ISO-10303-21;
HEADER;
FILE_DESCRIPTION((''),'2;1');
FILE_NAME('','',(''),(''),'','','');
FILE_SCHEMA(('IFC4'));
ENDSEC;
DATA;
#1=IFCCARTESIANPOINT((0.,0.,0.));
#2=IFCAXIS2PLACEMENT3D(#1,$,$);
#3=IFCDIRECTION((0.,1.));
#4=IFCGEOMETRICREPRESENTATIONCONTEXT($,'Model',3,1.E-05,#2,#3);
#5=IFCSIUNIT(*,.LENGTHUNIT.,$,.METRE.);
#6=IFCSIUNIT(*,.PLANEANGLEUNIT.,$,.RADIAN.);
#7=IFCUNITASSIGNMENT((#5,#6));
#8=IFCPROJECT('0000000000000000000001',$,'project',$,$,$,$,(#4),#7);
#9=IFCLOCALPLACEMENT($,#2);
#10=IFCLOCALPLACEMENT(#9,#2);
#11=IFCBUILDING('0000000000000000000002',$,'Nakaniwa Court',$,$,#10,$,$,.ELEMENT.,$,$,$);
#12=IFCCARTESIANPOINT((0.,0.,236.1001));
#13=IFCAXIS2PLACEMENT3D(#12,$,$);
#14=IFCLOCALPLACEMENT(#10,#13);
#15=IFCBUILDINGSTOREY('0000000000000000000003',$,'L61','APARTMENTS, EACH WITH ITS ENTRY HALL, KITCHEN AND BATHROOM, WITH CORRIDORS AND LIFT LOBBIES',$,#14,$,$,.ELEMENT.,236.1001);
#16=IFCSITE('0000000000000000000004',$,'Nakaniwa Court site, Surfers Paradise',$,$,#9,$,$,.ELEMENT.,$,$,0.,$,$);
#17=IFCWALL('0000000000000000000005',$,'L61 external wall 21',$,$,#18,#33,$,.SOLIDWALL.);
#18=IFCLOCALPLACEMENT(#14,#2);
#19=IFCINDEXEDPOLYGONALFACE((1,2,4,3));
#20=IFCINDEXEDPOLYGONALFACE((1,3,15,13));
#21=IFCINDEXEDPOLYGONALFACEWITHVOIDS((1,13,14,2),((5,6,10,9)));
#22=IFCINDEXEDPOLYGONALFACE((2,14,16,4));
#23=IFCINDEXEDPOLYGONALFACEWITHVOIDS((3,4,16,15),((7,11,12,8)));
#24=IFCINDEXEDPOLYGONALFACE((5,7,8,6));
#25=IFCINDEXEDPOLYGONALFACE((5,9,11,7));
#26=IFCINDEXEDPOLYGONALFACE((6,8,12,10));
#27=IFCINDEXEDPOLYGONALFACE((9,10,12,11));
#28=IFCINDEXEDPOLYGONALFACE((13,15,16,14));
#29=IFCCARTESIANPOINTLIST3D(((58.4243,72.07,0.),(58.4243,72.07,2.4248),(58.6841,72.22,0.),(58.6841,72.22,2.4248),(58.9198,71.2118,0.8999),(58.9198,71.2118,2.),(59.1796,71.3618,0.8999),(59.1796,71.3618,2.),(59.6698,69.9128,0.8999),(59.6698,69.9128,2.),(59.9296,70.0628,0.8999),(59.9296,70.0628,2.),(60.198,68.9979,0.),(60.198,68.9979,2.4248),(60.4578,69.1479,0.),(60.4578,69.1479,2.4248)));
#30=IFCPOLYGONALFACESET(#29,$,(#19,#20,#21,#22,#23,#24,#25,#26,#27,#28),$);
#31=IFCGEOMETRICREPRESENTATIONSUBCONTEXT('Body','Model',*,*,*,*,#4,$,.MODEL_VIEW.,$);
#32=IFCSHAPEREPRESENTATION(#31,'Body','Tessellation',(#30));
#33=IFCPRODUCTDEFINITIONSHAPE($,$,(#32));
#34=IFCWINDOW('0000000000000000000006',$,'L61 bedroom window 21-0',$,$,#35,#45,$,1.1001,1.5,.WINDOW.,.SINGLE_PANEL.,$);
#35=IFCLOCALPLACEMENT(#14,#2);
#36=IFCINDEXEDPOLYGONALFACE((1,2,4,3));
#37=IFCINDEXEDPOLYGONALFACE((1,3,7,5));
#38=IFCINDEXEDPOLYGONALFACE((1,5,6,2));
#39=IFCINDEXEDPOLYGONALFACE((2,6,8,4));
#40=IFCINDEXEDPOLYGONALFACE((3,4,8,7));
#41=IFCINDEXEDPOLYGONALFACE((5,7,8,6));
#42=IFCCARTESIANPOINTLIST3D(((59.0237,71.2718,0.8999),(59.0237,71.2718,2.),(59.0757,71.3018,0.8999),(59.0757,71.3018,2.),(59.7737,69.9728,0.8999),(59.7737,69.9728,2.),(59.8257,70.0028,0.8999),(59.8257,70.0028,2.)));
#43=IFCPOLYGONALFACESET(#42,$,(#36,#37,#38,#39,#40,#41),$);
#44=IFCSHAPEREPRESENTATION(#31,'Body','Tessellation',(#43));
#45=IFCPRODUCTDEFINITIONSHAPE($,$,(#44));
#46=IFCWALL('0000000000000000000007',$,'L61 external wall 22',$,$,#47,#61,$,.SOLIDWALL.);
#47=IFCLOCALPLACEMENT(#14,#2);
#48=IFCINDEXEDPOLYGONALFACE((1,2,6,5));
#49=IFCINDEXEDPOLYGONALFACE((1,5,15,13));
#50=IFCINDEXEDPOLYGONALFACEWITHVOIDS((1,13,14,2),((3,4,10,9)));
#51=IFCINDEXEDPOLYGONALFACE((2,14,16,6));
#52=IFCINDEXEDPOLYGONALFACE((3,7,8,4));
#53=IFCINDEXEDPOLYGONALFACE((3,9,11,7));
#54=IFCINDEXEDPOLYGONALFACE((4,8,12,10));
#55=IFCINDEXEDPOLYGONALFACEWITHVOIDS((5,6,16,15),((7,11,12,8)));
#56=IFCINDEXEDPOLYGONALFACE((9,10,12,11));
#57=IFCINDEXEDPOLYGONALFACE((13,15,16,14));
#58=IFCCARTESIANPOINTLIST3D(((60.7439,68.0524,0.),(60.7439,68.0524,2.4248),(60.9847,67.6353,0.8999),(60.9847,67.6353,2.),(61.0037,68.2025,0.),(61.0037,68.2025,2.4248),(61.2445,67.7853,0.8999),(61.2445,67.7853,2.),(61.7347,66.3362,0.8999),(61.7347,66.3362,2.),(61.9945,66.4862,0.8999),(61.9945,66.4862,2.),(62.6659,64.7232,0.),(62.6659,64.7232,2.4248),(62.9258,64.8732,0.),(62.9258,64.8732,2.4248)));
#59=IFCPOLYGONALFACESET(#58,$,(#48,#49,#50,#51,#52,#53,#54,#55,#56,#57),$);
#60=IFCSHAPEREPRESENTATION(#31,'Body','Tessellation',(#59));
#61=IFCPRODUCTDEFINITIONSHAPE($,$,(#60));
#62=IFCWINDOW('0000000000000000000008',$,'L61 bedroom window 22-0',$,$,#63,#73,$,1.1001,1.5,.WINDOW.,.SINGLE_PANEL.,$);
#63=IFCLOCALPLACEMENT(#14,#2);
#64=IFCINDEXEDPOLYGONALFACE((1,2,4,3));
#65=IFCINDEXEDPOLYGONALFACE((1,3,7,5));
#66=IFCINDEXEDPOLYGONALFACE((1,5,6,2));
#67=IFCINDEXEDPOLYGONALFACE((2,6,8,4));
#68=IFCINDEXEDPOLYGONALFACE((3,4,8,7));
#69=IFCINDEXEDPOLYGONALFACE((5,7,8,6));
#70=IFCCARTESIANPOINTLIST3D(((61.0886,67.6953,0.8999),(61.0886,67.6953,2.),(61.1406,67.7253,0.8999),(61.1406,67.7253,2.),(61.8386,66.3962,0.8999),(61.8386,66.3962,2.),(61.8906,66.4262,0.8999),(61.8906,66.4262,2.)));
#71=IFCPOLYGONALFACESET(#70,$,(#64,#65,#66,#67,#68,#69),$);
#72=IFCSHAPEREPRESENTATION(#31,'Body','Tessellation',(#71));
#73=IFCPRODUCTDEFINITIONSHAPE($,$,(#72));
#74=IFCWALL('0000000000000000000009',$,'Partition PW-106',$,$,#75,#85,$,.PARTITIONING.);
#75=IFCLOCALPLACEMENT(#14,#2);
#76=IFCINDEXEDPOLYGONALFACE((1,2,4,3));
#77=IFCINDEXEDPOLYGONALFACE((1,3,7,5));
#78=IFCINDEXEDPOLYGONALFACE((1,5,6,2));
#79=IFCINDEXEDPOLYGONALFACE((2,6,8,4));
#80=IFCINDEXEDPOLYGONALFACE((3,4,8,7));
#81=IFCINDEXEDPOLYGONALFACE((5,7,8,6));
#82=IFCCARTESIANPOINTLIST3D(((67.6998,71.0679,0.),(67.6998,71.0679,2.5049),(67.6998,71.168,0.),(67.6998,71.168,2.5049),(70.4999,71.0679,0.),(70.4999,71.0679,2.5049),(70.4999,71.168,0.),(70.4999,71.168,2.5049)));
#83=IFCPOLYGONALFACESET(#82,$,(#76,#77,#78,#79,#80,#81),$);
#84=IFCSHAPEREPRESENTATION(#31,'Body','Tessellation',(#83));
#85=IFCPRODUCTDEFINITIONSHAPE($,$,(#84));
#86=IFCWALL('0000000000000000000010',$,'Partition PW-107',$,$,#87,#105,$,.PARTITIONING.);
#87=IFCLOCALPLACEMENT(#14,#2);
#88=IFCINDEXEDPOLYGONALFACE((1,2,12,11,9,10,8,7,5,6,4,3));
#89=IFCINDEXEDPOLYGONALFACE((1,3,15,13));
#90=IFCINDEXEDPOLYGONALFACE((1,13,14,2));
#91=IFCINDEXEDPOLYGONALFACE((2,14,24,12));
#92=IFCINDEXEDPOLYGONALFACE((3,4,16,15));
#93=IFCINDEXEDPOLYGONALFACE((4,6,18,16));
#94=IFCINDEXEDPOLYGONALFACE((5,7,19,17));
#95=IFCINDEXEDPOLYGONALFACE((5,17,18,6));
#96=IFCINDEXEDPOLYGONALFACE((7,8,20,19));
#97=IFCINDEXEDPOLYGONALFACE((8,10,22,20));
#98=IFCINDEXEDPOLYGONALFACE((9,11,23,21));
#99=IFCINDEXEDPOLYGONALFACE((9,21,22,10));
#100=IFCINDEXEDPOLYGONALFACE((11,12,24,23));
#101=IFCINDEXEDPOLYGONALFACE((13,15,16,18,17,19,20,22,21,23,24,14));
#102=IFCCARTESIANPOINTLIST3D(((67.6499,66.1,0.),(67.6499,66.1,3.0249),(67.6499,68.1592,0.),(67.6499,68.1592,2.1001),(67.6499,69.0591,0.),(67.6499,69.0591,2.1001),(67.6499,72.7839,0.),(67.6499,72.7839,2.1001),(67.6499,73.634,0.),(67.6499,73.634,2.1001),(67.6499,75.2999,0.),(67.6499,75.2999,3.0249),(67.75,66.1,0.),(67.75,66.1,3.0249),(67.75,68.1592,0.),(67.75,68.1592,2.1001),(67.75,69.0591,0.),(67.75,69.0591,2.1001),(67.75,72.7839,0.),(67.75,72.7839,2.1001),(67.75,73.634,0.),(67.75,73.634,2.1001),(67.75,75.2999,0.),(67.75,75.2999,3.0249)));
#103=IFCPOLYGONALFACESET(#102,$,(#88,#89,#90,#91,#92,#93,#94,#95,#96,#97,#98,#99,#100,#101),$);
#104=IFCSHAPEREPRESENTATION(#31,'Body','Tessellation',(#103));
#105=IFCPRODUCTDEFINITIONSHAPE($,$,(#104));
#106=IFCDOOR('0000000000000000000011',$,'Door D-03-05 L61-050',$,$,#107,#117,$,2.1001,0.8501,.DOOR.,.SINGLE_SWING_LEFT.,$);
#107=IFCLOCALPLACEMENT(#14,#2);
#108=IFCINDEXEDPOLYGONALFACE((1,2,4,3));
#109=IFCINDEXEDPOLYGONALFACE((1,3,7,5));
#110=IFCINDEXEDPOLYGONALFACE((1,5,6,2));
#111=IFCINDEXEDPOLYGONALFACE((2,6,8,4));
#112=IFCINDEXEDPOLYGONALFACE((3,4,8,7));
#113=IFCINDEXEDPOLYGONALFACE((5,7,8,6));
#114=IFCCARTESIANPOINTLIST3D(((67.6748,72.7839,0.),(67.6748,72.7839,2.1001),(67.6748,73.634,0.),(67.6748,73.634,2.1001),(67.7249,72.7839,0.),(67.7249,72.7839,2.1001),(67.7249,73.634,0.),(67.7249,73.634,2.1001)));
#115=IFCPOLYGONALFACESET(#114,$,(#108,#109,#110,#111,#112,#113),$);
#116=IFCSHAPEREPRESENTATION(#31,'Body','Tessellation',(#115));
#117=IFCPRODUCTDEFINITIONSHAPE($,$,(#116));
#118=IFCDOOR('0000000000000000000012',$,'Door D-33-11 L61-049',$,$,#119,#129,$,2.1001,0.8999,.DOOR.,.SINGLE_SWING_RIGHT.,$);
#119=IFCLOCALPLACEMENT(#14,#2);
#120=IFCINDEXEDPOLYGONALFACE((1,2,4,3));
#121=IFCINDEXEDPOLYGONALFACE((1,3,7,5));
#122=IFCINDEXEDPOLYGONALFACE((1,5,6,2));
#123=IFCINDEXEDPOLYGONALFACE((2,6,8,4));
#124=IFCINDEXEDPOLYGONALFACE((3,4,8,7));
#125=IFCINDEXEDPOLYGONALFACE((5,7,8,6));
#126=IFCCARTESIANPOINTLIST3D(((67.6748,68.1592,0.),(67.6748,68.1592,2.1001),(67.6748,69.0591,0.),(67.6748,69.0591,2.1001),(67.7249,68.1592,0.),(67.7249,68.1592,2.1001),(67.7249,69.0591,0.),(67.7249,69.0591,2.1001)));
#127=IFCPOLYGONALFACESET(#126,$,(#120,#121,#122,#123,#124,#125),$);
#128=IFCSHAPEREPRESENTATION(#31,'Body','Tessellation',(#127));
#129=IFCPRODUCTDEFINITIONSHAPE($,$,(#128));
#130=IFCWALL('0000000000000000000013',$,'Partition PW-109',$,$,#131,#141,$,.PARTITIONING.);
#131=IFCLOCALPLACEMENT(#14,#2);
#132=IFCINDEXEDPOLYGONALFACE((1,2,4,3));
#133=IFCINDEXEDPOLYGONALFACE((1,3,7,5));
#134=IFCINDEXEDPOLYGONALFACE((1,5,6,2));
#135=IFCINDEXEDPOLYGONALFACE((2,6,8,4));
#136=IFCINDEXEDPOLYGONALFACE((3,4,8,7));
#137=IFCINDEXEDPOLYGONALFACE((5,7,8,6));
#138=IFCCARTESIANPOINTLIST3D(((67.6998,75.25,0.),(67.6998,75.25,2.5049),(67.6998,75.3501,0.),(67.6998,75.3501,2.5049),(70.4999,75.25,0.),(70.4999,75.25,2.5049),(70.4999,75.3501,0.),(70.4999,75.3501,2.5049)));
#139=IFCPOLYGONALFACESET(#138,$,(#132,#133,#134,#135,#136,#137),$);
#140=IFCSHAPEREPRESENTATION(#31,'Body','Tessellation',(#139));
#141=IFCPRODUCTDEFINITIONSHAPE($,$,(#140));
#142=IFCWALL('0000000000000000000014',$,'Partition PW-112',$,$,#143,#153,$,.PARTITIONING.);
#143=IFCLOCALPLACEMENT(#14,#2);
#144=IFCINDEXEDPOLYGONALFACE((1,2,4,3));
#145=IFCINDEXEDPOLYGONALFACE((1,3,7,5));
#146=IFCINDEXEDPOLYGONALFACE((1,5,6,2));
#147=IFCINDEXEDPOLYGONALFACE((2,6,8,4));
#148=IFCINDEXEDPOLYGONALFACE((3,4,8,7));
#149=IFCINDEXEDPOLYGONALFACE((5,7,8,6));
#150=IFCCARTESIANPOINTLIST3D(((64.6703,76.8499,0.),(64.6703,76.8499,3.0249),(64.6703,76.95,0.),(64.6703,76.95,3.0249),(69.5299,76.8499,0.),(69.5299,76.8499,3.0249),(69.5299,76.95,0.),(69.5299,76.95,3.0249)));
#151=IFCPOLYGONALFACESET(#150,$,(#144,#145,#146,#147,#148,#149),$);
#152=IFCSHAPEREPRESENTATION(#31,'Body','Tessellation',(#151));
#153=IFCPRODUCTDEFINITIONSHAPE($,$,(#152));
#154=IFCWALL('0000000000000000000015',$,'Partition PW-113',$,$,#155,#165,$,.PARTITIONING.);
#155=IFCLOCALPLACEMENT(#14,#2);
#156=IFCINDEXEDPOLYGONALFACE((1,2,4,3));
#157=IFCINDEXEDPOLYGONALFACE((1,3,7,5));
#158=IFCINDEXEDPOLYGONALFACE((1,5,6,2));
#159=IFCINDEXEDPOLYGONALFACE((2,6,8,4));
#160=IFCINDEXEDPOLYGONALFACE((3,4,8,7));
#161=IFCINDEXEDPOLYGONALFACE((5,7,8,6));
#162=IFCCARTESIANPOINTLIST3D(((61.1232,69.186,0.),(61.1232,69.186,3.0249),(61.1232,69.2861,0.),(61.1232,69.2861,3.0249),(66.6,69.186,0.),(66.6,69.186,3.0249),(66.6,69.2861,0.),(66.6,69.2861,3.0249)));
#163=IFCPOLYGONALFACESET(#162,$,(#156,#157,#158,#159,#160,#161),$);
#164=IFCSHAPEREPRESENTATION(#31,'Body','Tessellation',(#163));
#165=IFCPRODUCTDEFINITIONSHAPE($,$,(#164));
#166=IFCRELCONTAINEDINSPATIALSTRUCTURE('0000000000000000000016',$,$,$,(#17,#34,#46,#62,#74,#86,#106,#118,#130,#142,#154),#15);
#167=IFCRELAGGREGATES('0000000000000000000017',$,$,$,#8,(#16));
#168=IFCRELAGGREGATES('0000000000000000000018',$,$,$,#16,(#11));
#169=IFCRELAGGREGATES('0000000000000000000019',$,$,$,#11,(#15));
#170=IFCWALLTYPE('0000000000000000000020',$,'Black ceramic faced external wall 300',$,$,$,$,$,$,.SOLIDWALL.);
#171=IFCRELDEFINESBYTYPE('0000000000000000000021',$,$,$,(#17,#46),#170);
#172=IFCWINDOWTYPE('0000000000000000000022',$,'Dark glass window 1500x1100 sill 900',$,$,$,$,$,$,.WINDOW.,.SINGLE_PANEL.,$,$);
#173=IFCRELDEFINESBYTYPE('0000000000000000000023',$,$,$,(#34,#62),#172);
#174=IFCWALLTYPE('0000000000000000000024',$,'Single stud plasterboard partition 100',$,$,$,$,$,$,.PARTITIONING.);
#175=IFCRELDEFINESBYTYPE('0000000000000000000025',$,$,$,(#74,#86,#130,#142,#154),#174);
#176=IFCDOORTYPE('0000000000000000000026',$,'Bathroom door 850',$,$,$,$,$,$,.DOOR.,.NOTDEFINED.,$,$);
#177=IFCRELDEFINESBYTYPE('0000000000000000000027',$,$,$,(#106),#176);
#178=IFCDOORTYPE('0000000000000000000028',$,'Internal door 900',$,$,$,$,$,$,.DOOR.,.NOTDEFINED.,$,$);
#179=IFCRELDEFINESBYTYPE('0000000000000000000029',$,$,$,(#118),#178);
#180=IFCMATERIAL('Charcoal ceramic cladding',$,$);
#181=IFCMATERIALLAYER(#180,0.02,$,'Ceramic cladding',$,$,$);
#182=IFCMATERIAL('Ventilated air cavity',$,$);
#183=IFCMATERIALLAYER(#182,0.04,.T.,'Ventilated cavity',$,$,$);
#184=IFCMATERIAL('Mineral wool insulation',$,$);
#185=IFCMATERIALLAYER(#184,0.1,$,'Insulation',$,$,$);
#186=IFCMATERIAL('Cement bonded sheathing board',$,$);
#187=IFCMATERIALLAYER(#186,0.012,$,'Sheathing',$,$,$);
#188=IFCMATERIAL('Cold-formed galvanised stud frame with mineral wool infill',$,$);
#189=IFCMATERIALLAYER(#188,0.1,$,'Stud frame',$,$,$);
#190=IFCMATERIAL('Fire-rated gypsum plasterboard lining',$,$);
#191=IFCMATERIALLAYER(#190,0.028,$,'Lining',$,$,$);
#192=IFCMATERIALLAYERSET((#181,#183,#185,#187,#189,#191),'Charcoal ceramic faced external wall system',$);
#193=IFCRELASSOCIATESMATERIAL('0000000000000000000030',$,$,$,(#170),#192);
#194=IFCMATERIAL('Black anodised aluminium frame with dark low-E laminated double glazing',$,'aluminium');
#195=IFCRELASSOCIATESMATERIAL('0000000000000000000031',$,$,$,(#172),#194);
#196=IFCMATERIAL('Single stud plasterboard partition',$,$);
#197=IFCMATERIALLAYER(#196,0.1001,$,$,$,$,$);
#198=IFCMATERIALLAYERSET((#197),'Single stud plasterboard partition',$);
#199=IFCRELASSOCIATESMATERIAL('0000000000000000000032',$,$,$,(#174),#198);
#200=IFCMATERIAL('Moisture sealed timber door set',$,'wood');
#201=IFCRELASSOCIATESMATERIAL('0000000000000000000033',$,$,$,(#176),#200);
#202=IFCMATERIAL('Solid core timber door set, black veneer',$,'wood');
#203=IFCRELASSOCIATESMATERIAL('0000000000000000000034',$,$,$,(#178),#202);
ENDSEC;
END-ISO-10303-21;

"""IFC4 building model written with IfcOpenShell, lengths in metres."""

from ifc_helpers import new_model, si_unit, direction, frame, frame_2d, origin, place, context, subcontext, project, spatial, rectangle, extrude, material, layer, layer_set, type_object, element, fill, save


model = new_model("IFC4")

# Units and contexts
model_context = context("Model", 3, precision=1e-05, world=origin(), true_north=direction((0.0, 1.0)))
body_context = subcontext(model_context, "Body", "Model", "MODEL_VIEW")
ifc_project = project(units=[si_unit("LENGTHUNIT", "METRE"), si_unit("PLANEANGLEUNIT", "RADIAN")], contexts=[model_context])

# Site, building, storey
site_placement = place(None, origin())
site = spatial("IfcSite", under=ifc_project, at=site_placement, Name="Nakaniwa Court site, Surfers Paradise", CompositionType="ELEMENT", RefElevation=0.0)
building_placement = place(site_placement, origin())
building = spatial("IfcBuilding", under=site, at=building_placement, Name="Nakaniwa Court", CompositionType="ELEMENT")
storey_placement = place(building_placement, frame((0.0, 0.0, 236.1001)))
storey = spatial("IfcBuildingStorey", under=building, at=storey_placement, Name="L61", Description="APARTMENTS, EACH WITH ITS ENTRY HALL, KITCHEN AND BATHROOM, WITH CORRIDORS AND LIFT LOBBIES", CompositionType="ELEMENT", Elevation=236.1001)

# Shared definitions
ifc_material_1 = material(Name="Charcoal ceramic cladding")
ifc_layer_1 = layer(ifc_material_1, 0.02, Name="Ceramic cladding")
ifc_material_2 = material(Name="Ventilated air cavity")
ifc_layer_2 = layer(ifc_material_2, 0.04, ventilated=True, Name="Ventilated cavity")
ifc_material_3 = material(Name="Mineral wool insulation")
ifc_layer_3 = layer(ifc_material_3, 0.1, Name="Insulation")
ifc_material_4 = material(Name="Cement bonded sheathing board")
ifc_layer_4 = layer(ifc_material_4, 0.012, Name="Sheathing")
ifc_material_5 = material(Name="Cold-formed galvanised stud frame with mineral wool infill")
ifc_layer_5 = layer(ifc_material_5, 0.1, Name="Stud frame")
ifc_material_6 = material(Name="Fire-rated gypsum plasterboard lining")
ifc_layer_6 = layer(ifc_material_6, 0.028, Name="Lining")
ifc_layer_set_1 = layer_set([ifc_layer_1, ifc_layer_2, ifc_layer_3, ifc_layer_4, ifc_layer_5, ifc_layer_6], Name="Charcoal ceramic faced external wall system")
wall_type_1 = type_object("IfcWallType", Name="Black ceramic faced external wall 300", PredefinedType="SOLIDWALL", material=ifc_layer_set_1)

# Walls, openings, windows
wall_1_placement = place(storey_placement, frame((58.5542, 72.145, 0.0), z_axis=(0.0, 0.0, 1.0), x_axis=(0.50001, -0.866019, 0.0)))
wall_1 = element("IfcWall", 1, at=wall_1_placement, inside=storey, type_object=wall_type_1, Name="L61 external wall 21", PredefinedType="SOLIDWALL", context=body_context, shape_type="SweptSolid", body=[
    extrude(rectangle(XDim=3.5474, YDim=0.3, at=frame_2d((1.7737, 0.0))), origin(), (0.0, 0.0, 1.0), 2.4248),
])
opening_1_placement = place(wall_1_placement, frame((0.991, 0.0, 0.8999)))
opening_1 = element("IfcOpeningElement", 2, at=opening_1_placement, cuts=wall_1, PredefinedType="OPENING", context=body_context, shape_type="SweptSolid", body=[
    extrude(rectangle(XDim=1.5, YDim=1.1001, at=frame_2d((0.75, 0.55))), frame((0.0, 0.1599, 0.0), z_axis=(0.0, -1.0, 0.0), x_axis=(1.0, 0.0, 0.0)), (0.0, 0.0, 1.0), 0.3201),
])
ifc_material_7 = material(Name="Black anodised aluminium frame with dark low-E laminated double glazing", Category="aluminium")
window_type = type_object("IfcWindowType", Name="Dark glass window 1500x1100 sill 900", PartitioningType="SINGLE_PANEL", PredefinedType="WINDOW", material=ifc_material_7)
window_1_placement = place(opening_1_placement, origin())
window_1 = element("IfcWindow", 3, at=window_1_placement, inside=storey, type_object=window_type, Name="L61 bedroom window 21-0", OverallHeight=1.1001, OverallWidth=1.5, PartitioningType="SINGLE_PANEL", PredefinedType="WINDOW", context=body_context, shape_type="SweptSolid", body=[
    extrude(rectangle(XDim=1.5, YDim=1.1001, at=frame_2d((0.75, 0.55))), frame((0.0, 0.03, 0.0), z_axis=(0.0, -1.0, 0.0), x_axis=(1.0, 0.0, 0.0)), (0.0, 0.0, 1.0), 0.0601),
])
fill(opening_1, window_1)
wall_2_placement = place(storey_placement, frame((60.8738, 68.1274, 0.0), z_axis=(0.0, 0.0, 1.0), x_axis=(0.499984, -0.866034, 0.0)))
wall_2 = element("IfcWall", 4, at=wall_2_placement, inside=storey, type_object=wall_type_1, Name="L61 external wall 22", PredefinedType="SOLIDWALL", context=body_context, shape_type="SweptSolid", body=[
    extrude(rectangle(XDim=3.8442, YDim=0.3, at=frame_2d((1.9221, 0.0))), origin(), (0.0, 0.0, 1.0), 2.4248),
])
opening_2_placement = place(wall_2_placement, frame((0.4817, 0.0, 0.8999)))
opening_2 = element("IfcOpeningElement", 5, at=opening_2_placement, cuts=wall_2, PredefinedType="OPENING", context=body_context, shape_type="SweptSolid", body=[
    extrude(rectangle(XDim=1.5, YDim=1.1001, at=frame_2d((0.75, 0.55))), frame((0.0, 0.1599, 0.0), z_axis=(0.0, -1.0, 0.0), x_axis=(1.0, 0.0, 0.0)), (0.0, 0.0, 1.0), 0.3201),
])
window_2_placement = place(opening_2_placement, origin())
window_2 = element("IfcWindow", 6, at=window_2_placement, inside=storey, type_object=window_type, Name="L61 bedroom window 22-0", OverallHeight=1.1001, OverallWidth=1.5, PartitioningType="SINGLE_PANEL", PredefinedType="WINDOW", context=body_context, shape_type="SweptSolid", body=[
    extrude(rectangle(XDim=1.5, YDim=1.1001, at=frame_2d((0.75, 0.55))), frame((0.0, 0.03, 0.0), z_axis=(0.0, -1.0, 0.0), x_axis=(1.0, 0.0, 0.0)), (0.0, 0.0, 1.0), 0.0601),
])
fill(opening_2, window_2)

# Wall
ifc_material_8 = material(Name="Single stud plasterboard partition")
ifc_layer_7 = layer(ifc_material_8, 0.1001)
ifc_layer_set_2 = layer_set([ifc_layer_7], Name="Single stud plasterboard partition")
wall_type_2 = type_object("IfcWallType", Name="Single stud plasterboard partition 100", PredefinedType="PARTITIONING", material=ifc_layer_set_2)
wall_3_placement = place(storey_placement, frame((67.7, 71.1179, 0.0), z_axis=(0.0, 0.0, 1.0), x_axis=(1.0, 0.0, 0.0)))
element("IfcWall", 7, at=wall_3_placement, inside=storey, type_object=wall_type_2, Name="Partition PW-106", PredefinedType="PARTITIONING", context=body_context, shape_type="SweptSolid", body=[
    extrude(rectangle(XDim=2.8, YDim=0.1001, at=frame_2d((1.3999, 0.0))), origin(), (0.0, 0.0, 1.0), 2.5049),
])

# Wall, openings, doors
wall_4_placement = place(storey_placement, frame((67.7, 75.3, 0.0), z_axis=(0.0, 0.0, 1.0), x_axis=(0.0, -1.0, 0.0)))
wall_4 = element("IfcWall", 8, at=wall_4_placement, inside=storey, type_object=wall_type_2, Name="Partition PW-107", PredefinedType="PARTITIONING", context=body_context, shape_type="SweptSolid", body=[
    extrude(rectangle(XDim=9.2, YDim=0.1001, at=frame_2d((4.6001, 0.0))), origin(), (0.0, 0.0, 1.0), 3.0249),
])
opening_3_placement = place(wall_4_placement, frame((6.241, 0.0, 0.0)))
opening_3 = element("IfcOpeningElement", 9, at=opening_3_placement, cuts=wall_4, PredefinedType="OPENING", context=body_context, shape_type="SweptSolid", body=[
    extrude(rectangle(XDim=0.8999, YDim=2.1001, at=frame_2d((0.45, 1.05))), frame((0.0, 0.0601, 0.0), z_axis=(0.0, -1.0, 0.0), x_axis=(1.0, 0.0, 0.0)), (0.0, 0.0, 1.0), 0.1201),
])
opening_4_placement = place(wall_4_placement, frame((1.666, 0.0, 0.0)))
opening_4 = element("IfcOpeningElement", 10, at=opening_4_placement, cuts=wall_4, PredefinedType="OPENING", context=body_context, shape_type="SweptSolid", body=[
    extrude(rectangle(XDim=0.8501, YDim=2.1001, at=frame_2d((0.425, 1.05))), frame((0.0, 0.0601, 0.0), z_axis=(0.0, -1.0, 0.0), x_axis=(1.0, 0.0, 0.0)), (0.0, 0.0, 1.0), 0.1201),
])
ifc_material_9 = material(Name="Moisture sealed timber door set", Category="wood")
door_type_1 = type_object("IfcDoorType", Name="Bathroom door 850", OperationType="NOTDEFINED", PredefinedType="DOOR", material=ifc_material_9)
door_1_placement = place(opening_4_placement, origin())
door_1 = element("IfcDoor", 11, at=door_1_placement, inside=storey, type_object=door_type_1, Name="Door D-03-05 L61-050", OperationType="SINGLE_SWING_LEFT", OverallHeight=2.1001, OverallWidth=0.8501, PredefinedType="DOOR", context=body_context, shape_type="SweptSolid", body=[
    extrude(rectangle(XDim=0.8501, YDim=2.1001, at=frame_2d((0.425, 1.05))), frame((0.0, 0.0249, 0.0), z_axis=(0.0, -1.0, 0.0), x_axis=(1.0, 0.0, 0.0)), (0.0, 0.0, 1.0), 0.05),
])
fill(opening_4, door_1)
ifc_material_10 = material(Name="Solid core timber door set, black veneer", Category="wood")
door_type_2 = type_object("IfcDoorType", Name="Internal door 900", OperationType="NOTDEFINED", PredefinedType="DOOR", material=ifc_material_10)
door_2_placement = place(opening_3_placement, origin())
door_2 = element("IfcDoor", 12, at=door_2_placement, inside=storey, type_object=door_type_2, Name="Door D-33-11 L61-049", OperationType="SINGLE_SWING_RIGHT", OverallHeight=2.1001, OverallWidth=0.8999, PredefinedType="DOOR", context=body_context, shape_type="SweptSolid", body=[
    extrude(rectangle(XDim=0.8999, YDim=2.1001, at=frame_2d((0.45, 1.05))), frame((0.0, 0.0249, 0.0), z_axis=(0.0, -1.0, 0.0), x_axis=(1.0, 0.0, 0.0)), (0.0, 0.0, 1.0), 0.05),
])
fill(opening_3, door_2)

# Walls
wall_5_placement = place(storey_placement, frame((67.7, 75.3, 0.0), z_axis=(0.0, 0.0, 1.0), x_axis=(1.0, 0.0, 0.0)))
element("IfcWall", 13, at=wall_5_placement, inside=storey, type_object=wall_type_2, Name="Partition PW-109", PredefinedType="PARTITIONING", context=body_context, shape_type="SweptSolid", body=[
    extrude(rectangle(XDim=2.8, YDim=0.1001, at=frame_2d((1.3999, 0.0))), origin(), (0.0, 0.0, 1.0), 2.5049),
])
wall_6_placement = place(storey_placement, frame((64.6704, 76.8999, 0.0), z_axis=(0.0, 0.0, 1.0), x_axis=(1.0, 0.0, 0.0)))
element("IfcWall", 14, at=wall_6_placement, inside=storey, type_object=wall_type_2, Name="Partition PW-112", PredefinedType="PARTITIONING", context=body_context, shape_type="SweptSolid", body=[
    extrude(rectangle(XDim=4.8596, YDim=0.1001, at=frame_2d((2.4297, 0.0))), origin(), (0.0, 0.0, 1.0), 3.0249),
])
wall_7_placement = place(storey_placement, frame((61.1233, 69.2361, 0.0), z_axis=(0.0, 0.0, 1.0), x_axis=(1.0, 0.0, 0.0)))
element("IfcWall", 15, at=wall_7_placement, inside=storey, type_object=wall_type_2, Name="Partition PW-113", PredefinedType="PARTITIONING", context=body_context, shape_type="SweptSolid", body=[
    extrude(rectangle(XDim=5.4768, YDim=0.1001, at=frame_2d((2.7383, 0.0))), origin(), (0.0, 0.0, 1.0), 3.0249),
])

save(model, "model.ifc")
